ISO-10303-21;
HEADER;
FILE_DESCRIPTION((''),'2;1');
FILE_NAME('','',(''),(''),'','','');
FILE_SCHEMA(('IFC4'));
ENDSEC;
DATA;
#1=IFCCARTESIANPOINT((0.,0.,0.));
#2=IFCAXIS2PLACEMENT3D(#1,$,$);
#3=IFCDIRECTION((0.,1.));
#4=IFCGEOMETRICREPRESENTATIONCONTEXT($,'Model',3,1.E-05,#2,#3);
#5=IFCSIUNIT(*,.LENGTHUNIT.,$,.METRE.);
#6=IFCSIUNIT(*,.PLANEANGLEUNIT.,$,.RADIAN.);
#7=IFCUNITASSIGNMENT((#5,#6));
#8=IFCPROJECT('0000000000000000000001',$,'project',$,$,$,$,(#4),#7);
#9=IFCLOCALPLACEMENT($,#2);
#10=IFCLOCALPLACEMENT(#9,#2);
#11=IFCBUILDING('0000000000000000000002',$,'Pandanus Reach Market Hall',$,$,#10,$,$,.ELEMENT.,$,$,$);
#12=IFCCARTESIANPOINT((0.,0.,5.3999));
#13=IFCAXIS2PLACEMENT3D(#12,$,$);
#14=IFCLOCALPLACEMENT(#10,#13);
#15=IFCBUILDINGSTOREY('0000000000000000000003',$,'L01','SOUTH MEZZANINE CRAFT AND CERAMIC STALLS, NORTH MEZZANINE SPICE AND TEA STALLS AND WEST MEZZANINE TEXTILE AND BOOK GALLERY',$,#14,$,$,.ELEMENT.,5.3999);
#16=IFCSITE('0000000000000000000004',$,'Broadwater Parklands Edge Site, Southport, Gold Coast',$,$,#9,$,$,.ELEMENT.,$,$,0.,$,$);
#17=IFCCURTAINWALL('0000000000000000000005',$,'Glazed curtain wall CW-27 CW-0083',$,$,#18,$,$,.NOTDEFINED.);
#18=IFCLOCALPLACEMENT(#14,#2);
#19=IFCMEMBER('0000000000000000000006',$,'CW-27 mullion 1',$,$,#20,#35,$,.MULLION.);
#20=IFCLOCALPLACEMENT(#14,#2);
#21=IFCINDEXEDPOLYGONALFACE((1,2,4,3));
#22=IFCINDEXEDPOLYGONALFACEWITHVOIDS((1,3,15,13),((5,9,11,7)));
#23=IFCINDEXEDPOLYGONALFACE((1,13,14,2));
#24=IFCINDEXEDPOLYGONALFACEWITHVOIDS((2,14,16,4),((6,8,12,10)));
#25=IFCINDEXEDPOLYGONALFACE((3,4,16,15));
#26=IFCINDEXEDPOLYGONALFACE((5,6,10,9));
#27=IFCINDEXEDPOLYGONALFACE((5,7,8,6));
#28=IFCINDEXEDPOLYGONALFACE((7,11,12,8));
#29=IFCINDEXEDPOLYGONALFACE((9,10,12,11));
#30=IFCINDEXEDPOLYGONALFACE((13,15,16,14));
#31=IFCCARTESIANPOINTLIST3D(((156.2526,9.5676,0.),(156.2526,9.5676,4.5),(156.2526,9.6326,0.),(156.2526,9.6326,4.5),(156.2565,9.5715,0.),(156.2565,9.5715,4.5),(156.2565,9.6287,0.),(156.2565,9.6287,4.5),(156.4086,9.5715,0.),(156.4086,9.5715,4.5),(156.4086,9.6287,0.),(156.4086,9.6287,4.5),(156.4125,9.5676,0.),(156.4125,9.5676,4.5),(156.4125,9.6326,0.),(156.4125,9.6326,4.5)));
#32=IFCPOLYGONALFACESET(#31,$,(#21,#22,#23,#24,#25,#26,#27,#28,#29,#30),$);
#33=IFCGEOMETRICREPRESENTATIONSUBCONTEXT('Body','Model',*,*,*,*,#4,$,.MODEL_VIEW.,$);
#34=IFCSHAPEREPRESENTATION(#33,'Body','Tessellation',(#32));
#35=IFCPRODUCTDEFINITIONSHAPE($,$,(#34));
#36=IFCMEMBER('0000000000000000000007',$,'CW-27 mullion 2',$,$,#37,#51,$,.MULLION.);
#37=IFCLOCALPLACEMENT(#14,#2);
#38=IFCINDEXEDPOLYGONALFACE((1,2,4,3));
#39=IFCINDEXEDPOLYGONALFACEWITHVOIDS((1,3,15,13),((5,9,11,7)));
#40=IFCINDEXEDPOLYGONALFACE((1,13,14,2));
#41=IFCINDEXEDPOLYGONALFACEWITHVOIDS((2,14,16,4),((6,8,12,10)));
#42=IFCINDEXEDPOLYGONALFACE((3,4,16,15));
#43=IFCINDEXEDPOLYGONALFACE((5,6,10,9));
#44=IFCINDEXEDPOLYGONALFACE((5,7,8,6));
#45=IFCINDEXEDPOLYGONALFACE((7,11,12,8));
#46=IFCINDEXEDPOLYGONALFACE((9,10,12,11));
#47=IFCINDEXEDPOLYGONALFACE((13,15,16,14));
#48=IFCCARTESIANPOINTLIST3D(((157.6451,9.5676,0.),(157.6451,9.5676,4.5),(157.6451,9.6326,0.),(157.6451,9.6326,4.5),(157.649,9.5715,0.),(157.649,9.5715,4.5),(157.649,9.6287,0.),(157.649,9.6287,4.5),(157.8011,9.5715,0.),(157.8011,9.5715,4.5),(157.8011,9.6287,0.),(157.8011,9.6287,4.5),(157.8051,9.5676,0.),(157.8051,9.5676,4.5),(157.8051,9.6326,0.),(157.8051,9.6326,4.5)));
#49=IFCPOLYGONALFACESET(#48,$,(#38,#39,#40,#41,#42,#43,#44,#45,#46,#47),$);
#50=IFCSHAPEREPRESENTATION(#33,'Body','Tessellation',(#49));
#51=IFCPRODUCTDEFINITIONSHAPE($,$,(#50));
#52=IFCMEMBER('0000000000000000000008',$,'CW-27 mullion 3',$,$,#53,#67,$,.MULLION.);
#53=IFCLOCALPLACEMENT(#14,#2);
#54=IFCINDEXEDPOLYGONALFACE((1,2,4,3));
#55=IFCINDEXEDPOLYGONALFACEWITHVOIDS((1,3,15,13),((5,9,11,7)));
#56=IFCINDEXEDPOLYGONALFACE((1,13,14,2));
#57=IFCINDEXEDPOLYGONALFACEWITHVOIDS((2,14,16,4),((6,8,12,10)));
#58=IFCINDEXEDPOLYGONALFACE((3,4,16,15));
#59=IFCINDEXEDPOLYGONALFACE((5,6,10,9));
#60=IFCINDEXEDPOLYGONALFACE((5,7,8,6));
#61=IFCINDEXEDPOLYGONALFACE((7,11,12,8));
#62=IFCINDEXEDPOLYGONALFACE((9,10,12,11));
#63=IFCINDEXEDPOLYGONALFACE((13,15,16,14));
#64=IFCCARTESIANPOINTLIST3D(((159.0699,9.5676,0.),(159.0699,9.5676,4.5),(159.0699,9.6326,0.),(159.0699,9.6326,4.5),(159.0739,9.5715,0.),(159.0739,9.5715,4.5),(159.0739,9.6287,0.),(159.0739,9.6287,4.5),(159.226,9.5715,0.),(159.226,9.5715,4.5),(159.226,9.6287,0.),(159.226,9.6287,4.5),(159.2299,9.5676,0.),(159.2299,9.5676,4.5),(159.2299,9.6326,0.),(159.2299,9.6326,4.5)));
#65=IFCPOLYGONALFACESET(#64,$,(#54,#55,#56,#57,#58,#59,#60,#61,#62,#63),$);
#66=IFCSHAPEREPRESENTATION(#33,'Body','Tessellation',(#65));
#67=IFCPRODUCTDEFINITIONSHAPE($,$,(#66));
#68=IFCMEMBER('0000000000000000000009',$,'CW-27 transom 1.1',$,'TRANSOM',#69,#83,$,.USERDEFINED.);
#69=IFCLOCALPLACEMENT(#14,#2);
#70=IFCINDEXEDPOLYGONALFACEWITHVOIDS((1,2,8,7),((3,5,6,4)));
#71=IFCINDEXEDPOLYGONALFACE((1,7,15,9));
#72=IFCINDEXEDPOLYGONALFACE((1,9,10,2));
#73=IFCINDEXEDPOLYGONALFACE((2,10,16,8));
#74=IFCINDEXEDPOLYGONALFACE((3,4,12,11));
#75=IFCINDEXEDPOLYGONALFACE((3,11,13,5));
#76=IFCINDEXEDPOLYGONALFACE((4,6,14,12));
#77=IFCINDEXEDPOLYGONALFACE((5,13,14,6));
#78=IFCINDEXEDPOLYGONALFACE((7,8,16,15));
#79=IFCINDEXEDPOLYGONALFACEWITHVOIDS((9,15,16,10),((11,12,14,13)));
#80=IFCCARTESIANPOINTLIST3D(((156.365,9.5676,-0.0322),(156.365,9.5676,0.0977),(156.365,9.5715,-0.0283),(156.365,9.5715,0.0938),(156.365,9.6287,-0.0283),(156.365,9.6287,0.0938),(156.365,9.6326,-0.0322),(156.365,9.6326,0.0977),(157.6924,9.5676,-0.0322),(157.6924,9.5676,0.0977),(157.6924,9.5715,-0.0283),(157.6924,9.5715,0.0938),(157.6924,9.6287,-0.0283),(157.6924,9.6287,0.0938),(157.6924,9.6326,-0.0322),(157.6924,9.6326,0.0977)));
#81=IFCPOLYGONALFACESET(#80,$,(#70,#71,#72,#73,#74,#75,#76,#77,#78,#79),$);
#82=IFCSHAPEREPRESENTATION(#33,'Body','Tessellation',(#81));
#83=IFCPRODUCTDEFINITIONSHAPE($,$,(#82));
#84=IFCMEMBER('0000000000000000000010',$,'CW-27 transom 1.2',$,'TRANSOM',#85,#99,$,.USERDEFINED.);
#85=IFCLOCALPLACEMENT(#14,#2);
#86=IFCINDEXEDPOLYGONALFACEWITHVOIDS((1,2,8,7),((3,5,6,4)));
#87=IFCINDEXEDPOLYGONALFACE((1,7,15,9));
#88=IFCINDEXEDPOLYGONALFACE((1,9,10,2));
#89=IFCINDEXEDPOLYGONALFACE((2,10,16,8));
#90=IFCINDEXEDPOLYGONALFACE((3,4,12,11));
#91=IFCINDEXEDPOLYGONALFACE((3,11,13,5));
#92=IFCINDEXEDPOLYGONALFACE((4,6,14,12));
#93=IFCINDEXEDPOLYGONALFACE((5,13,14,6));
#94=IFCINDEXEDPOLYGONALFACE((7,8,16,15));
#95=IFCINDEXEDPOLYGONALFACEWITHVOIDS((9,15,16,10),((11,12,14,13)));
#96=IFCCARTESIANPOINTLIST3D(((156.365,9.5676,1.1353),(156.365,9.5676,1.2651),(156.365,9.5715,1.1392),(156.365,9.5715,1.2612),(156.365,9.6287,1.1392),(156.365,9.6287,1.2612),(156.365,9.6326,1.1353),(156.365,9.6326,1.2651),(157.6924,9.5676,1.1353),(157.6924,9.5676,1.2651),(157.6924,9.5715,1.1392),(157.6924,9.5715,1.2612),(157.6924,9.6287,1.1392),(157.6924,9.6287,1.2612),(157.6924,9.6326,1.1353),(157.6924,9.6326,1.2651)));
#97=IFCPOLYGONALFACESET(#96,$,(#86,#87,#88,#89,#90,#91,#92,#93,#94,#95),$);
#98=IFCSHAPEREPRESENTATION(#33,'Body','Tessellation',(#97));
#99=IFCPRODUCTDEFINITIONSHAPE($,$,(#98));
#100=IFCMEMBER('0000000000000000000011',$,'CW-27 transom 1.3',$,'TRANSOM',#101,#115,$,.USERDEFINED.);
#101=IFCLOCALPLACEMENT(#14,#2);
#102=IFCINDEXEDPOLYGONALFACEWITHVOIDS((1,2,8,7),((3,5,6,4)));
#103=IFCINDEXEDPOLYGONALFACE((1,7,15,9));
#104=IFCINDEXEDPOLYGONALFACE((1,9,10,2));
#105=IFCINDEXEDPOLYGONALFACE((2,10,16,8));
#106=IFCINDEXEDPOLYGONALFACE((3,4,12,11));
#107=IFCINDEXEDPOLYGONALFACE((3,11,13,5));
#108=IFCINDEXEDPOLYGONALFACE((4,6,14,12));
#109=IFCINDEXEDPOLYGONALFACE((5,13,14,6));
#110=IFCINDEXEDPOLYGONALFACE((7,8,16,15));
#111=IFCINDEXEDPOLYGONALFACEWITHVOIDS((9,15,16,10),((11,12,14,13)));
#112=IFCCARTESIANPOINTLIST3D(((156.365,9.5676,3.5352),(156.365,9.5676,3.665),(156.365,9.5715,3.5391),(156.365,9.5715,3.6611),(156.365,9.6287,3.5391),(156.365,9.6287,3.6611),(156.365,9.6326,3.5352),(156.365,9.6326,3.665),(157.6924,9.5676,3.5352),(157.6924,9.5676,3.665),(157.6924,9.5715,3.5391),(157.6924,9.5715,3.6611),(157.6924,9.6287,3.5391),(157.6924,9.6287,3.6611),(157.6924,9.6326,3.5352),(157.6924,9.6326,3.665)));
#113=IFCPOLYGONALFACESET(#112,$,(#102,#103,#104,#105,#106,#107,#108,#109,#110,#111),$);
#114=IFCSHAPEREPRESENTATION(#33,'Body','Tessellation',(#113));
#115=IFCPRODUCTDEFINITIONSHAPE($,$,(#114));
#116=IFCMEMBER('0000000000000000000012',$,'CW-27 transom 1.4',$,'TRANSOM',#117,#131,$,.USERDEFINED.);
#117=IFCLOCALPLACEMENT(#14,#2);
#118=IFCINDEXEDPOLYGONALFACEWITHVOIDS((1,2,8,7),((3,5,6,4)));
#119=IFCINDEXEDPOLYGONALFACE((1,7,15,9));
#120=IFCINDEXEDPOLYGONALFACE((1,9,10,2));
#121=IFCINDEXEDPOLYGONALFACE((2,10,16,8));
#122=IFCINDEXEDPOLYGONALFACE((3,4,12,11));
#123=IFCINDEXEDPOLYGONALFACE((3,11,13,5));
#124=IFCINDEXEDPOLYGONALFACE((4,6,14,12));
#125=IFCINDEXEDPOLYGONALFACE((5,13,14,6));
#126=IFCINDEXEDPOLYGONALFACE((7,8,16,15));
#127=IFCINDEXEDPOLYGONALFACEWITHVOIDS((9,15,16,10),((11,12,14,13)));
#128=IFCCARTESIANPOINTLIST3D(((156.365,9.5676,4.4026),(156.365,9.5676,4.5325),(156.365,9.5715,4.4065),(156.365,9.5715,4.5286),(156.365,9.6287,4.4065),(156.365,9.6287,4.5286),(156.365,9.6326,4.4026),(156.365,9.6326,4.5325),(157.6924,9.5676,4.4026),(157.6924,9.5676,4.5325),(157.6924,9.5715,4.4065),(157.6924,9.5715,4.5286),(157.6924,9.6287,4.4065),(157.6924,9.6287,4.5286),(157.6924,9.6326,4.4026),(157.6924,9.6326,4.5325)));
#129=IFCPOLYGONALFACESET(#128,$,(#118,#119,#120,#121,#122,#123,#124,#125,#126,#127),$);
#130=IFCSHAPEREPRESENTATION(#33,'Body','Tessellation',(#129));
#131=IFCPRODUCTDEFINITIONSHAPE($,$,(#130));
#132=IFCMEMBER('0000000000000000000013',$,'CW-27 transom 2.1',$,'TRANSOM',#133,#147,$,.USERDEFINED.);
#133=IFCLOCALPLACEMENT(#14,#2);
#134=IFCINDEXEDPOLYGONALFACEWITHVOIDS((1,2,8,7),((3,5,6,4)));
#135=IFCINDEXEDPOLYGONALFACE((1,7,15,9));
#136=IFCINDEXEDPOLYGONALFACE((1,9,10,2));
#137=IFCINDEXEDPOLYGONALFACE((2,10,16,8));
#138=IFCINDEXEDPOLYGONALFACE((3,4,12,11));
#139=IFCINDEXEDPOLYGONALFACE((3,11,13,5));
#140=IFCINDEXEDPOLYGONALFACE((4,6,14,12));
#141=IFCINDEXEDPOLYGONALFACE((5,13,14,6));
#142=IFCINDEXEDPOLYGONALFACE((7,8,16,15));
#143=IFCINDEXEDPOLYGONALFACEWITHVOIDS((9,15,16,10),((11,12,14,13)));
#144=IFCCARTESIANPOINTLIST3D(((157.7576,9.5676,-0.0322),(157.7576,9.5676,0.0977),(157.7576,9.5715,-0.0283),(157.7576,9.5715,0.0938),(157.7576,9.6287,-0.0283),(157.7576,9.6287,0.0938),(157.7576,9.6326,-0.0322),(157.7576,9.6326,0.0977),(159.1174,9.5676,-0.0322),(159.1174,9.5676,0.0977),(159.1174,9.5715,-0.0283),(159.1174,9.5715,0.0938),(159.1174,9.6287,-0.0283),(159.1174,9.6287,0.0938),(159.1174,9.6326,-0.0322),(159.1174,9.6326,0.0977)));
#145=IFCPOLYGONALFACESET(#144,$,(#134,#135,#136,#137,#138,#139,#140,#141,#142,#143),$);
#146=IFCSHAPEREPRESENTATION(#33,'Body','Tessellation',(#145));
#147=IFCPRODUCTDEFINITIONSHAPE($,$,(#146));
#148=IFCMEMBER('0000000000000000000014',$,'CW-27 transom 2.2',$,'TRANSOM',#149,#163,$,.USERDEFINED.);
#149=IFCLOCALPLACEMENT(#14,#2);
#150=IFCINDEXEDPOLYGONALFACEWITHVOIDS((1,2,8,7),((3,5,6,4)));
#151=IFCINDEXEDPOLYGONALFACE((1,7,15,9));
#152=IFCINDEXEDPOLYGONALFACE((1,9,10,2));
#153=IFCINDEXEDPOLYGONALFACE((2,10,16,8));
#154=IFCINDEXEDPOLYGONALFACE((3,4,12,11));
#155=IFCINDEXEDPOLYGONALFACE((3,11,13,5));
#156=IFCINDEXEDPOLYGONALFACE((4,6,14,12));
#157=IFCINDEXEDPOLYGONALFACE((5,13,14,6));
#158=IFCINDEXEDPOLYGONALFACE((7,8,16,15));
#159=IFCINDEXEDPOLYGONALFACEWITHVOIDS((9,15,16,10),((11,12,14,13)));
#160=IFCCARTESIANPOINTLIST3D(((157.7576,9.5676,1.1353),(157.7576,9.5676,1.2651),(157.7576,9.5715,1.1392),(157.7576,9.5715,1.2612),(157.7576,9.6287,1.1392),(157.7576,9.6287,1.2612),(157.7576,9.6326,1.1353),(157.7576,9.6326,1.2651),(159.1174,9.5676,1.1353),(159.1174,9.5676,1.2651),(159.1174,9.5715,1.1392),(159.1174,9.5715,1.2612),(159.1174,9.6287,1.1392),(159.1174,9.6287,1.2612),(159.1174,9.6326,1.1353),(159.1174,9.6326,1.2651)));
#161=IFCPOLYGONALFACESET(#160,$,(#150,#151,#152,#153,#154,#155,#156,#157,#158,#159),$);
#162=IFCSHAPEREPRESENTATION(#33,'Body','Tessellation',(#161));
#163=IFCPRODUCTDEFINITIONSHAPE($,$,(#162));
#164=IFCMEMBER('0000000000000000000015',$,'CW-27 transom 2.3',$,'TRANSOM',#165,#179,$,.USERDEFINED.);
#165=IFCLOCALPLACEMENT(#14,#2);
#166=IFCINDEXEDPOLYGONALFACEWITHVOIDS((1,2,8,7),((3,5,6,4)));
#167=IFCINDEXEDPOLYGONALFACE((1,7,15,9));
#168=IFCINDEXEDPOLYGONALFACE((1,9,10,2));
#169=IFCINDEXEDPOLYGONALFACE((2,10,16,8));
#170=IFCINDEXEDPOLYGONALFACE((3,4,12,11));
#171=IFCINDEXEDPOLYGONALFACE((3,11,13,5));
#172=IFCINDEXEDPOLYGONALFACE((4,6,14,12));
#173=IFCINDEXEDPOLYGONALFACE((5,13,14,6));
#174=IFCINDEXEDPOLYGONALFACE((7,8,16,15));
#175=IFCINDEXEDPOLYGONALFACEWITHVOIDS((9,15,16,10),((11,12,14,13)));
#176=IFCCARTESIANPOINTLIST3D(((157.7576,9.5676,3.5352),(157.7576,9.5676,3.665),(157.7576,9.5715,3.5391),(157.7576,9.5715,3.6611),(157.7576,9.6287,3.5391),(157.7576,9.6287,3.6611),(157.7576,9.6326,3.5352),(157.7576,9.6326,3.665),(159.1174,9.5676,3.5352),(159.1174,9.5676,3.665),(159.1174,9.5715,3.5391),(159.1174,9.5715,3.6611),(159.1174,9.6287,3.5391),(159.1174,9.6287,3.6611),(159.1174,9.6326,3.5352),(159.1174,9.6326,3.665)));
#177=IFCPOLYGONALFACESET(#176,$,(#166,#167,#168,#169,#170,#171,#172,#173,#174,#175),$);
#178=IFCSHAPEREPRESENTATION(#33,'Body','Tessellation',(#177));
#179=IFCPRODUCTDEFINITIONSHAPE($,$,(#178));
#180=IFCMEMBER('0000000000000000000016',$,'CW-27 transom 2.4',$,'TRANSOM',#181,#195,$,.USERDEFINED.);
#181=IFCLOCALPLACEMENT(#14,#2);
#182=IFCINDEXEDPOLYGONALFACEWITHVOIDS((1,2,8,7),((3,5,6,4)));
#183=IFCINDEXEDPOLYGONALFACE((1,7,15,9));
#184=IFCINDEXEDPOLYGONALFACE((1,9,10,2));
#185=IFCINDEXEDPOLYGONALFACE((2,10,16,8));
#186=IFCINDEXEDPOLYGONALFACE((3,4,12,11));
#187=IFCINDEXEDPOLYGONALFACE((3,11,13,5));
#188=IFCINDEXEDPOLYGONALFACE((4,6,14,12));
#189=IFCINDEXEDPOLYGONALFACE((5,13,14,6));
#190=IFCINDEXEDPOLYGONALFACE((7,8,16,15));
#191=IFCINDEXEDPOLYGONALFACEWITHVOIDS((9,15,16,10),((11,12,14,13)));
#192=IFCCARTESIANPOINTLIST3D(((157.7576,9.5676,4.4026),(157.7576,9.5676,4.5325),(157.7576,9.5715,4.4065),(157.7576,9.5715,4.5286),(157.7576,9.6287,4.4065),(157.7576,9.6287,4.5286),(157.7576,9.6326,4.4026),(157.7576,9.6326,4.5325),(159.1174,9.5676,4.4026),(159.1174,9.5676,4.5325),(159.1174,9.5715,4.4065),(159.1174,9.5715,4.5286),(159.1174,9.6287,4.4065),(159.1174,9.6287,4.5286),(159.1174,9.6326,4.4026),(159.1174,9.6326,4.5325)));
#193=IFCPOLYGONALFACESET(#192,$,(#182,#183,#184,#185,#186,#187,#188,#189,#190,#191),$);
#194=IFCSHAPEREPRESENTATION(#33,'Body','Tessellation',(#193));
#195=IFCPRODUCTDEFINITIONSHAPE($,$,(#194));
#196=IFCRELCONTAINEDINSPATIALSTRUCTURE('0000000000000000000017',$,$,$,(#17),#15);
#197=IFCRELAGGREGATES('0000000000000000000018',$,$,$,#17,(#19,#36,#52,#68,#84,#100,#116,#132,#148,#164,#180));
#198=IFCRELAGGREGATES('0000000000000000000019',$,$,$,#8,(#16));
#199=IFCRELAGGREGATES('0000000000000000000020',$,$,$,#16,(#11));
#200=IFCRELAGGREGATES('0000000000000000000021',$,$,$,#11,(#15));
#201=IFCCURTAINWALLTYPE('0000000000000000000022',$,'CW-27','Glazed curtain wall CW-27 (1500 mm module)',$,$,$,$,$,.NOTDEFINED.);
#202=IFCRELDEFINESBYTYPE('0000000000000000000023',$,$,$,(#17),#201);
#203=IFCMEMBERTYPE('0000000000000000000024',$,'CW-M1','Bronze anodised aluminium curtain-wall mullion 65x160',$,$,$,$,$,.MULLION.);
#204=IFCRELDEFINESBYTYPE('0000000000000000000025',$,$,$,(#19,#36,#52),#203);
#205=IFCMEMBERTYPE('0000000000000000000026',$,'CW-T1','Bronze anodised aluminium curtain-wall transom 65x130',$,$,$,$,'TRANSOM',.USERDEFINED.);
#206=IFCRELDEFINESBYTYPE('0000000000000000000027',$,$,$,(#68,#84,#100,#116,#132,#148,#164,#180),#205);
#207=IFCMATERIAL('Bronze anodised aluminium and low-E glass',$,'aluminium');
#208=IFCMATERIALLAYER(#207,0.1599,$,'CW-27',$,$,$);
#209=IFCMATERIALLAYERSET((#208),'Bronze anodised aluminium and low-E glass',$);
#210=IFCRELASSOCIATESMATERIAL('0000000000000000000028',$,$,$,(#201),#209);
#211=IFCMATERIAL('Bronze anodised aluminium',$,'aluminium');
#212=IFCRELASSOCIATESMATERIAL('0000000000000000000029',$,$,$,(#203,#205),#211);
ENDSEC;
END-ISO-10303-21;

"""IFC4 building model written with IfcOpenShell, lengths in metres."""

from ifc_helpers import new_model, si_unit, direction, frame, origin, origin_2d, place, context, subcontext, project, spatial, hollow_rectangle, extrude, material, layer, layer_set, material_profile, profile_set, type_object, element, aggregate, save


model = new_model("IFC4")

# Units and contexts
model_context = context("Model", 3, precision=1e-05, world=origin(), true_north=direction((0.0, 1.0)))
body_context = subcontext(model_context, "Body", "Model", "MODEL_VIEW")
ifc_project = project(units=[si_unit("LENGTHUNIT", "METRE"), si_unit("PLANEANGLEUNIT", "RADIAN")], contexts=[model_context])

# Site, building, storey
site_placement = place(None, origin())
site = spatial("IfcSite", under=ifc_project, at=site_placement, Name="Broadwater Parklands Edge Site, Southport, Gold Coast", CompositionType="ELEMENT", RefElevation=0.0)
building_placement = place(site_placement, origin())
building = spatial("IfcBuilding", under=site, at=building_placement, Name="Pandanus Reach Market Hall", CompositionType="ELEMENT")
storey_placement = place(building_placement, frame((0.0, 0.0, 5.3999)))
storey = spatial("IfcBuildingStorey", under=building, at=storey_placement, Name="L01", Description="SOUTH MEZZANINE CRAFT AND CERAMIC STALLS, NORTH MEZZANINE SPICE AND TEA STALLS AND WEST MEZZANINE TEXTILE AND BOOK GALLERY", CompositionType="ELEMENT", Elevation=5.3999)

# Curtain wall, members
ifc_material_1 = material(Name="Bronze anodised aluminium and low-E glass", Category="aluminium")
ifc_layer_1 = layer(ifc_material_1, 0.1599, Name="CW-27")
ifc_layer_set_1 = layer_set([ifc_layer_1], Name="Bronze anodised aluminium and low-E glass")
curtain_wall_type = type_object("IfcCurtainWallType", Name="CW-27", Description="Glazed curtain wall CW-27 (1500 mm module)", PredefinedType="NOTDEFINED", material=ifc_layer_set_1)
curtain_wall_placement = place(storey_placement, origin())
curtain_wall = element("IfcCurtainWall", 1, at=curtain_wall_placement, inside=storey, type_object=curtain_wall_type, Name="Glazed curtain wall CW-27 CW-0083", PredefinedType="NOTDEFINED")
ifc_material_2 = material(Name="Bronze anodised aluminium", Category="aluminium")
ifc_material_profile_1 = material_profile(ifc_material_2, hollow_rectangle(XDim=0.0649, YDim=0.1599, WallThickness=0.0039, at=origin_2d()), Name="ALU65x160", Category="LoadBearing")
ifc_profile_set_1 = profile_set([ifc_material_profile_1], Name="Bronze anodised aluminium")
member_type_1 = type_object("IfcMemberType", Name="CW-M1", Description="Bronze anodised aluminium curtain-wall mullion 65x160", PredefinedType="MULLION", material=ifc_profile_set_1)
member_1_placement = place(storey_placement, frame((156.3325, 9.6001, 0.0), z_axis=(0.0, 0.0, 1.0), x_axis=(0.0, 1.0, 0.0)))
member_1 = element("IfcMember", 2, at=member_1_placement, type_object=member_type_1, Name="CW-27 mullion 1", PredefinedType="MULLION", context=body_context, shape_type="SweptSolid", body=[
    extrude(hollow_rectangle(XDim=0.0649, YDim=0.1599, WallThickness=0.0039, at=origin_2d()), origin(), (0.0, 0.0, 1.0), 4.5),
])
member_2_placement = place(storey_placement, frame((157.7251, 9.6001, 0.0), z_axis=(0.0, 0.0, 1.0), x_axis=(0.0, 1.0, 0.0)))
member_2 = element("IfcMember", 3, at=member_2_placement, type_object=member_type_1, Name="CW-27 mullion 2", PredefinedType="MULLION", context=body_context, shape_type="SweptSolid", body=[
    extrude(hollow_rectangle(XDim=0.0649, YDim=0.1599, WallThickness=0.0039, at=origin_2d()), origin(), (0.0, 0.0, 1.0), 4.5),
])
member_3_placement = place(storey_placement, frame((159.1499, 9.6001, 0.0), z_axis=(0.0, 0.0, 1.0), x_axis=(0.0, 1.0, 0.0)))
member_3 = element("IfcMember", 4, at=member_3_placement, type_object=member_type_1, Name="CW-27 mullion 3", PredefinedType="MULLION", context=body_context, shape_type="SweptSolid", body=[
    extrude(hollow_rectangle(XDim=0.0649, YDim=0.1599, WallThickness=0.0039, at=origin_2d()), origin(), (0.0, 0.0, 1.0), 4.5),
])
ifc_material_profile_2 = material_profile(ifc_material_2, hollow_rectangle(XDim=0.0649, YDim=0.1299, WallThickness=0.0039, at=origin_2d()), Name="ALU65x130", Category="LoadBearing")
ifc_profile_set_2 = profile_set([ifc_material_profile_2], Name="Bronze anodised aluminium")
member_type_2 = type_object("IfcMemberType", Name="CW-T1", Description="Bronze anodised aluminium curtain-wall transom 65x130", ElementType="TRANSOM", PredefinedType="USERDEFINED", material=ifc_profile_set_2)
member_4_placement = place(storey_placement, frame((156.365, 9.6001, 0.0327), z_axis=(1.0, 0.0, 0.0), x_axis=(0.0, 1.0, 0.0)))
member_4 = element("IfcMember", 5, at=member_4_placement, type_object=member_type_2, Name="CW-27 transom 1.1", ObjectType="TRANSOM", PredefinedType="USERDEFINED", context=body_context, shape_type="SweptSolid", body=[
    extrude(hollow_rectangle(XDim=0.0649, YDim=0.1299, WallThickness=0.0039, at=origin_2d()), origin(), (0.0, 0.0, 1.0), 1.3274),
])
member_5_placement = place(storey_placement, frame((156.365, 9.6001, 1.2002), z_axis=(1.0, 0.0, 0.0), x_axis=(0.0, 1.0, 0.0)))
member_5 = element("IfcMember", 6, at=member_5_placement, type_object=member_type_2, Name="CW-27 transom 1.2", ObjectType="TRANSOM", PredefinedType="USERDEFINED", context=body_context, shape_type="SweptSolid", body=[
    extrude(hollow_rectangle(XDim=0.0649, YDim=0.1299, WallThickness=0.0039, at=origin_2d()), origin(), (0.0, 0.0, 1.0), 1.3274),
])
member_6_placement = place(storey_placement, frame((156.365, 9.6001, 3.6001), z_axis=(1.0, 0.0, 0.0), x_axis=(0.0, 1.0, 0.0)))
member_6 = element("IfcMember", 7, at=member_6_placement, type_object=member_type_2, Name="CW-27 transom 1.3", ObjectType="TRANSOM", PredefinedType="USERDEFINED", context=body_context, shape_type="SweptSolid", body=[
    extrude(hollow_rectangle(XDim=0.0649, YDim=0.1299, WallThickness=0.0039, at=origin_2d()), origin(), (0.0, 0.0, 1.0), 1.3274),
])
member_7_placement = place(storey_placement, frame((156.365, 9.6001, 4.4675), z_axis=(1.0, 0.0, 0.0), x_axis=(0.0, 1.0, 0.0)))
member_7 = element("IfcMember", 8, at=member_7_placement, type_object=member_type_2, Name="CW-27 transom 1.4", ObjectType="TRANSOM", PredefinedType="USERDEFINED", context=body_context, shape_type="SweptSolid", body=[
    extrude(hollow_rectangle(XDim=0.0649, YDim=0.1299, WallThickness=0.0039, at=origin_2d()), origin(), (0.0, 0.0, 1.0), 1.3274),
])
member_8_placement = place(storey_placement, frame((157.7576, 9.6001, 0.0327), z_axis=(1.0, 0.0, 0.0), x_axis=(0.0, 1.0, 0.0)))
member_8 = element("IfcMember", 9, at=member_8_placement, type_object=member_type_2, Name="CW-27 transom 2.1", ObjectType="TRANSOM", PredefinedType="USERDEFINED", context=body_context, shape_type="SweptSolid", body=[
    extrude(hollow_rectangle(XDim=0.0649, YDim=0.1299, WallThickness=0.0039, at=origin_2d()), origin(), (0.0, 0.0, 1.0), 1.3599),
])
member_9_placement = place(storey_placement, frame((157.7576, 9.6001, 1.2002), z_axis=(1.0, 0.0, 0.0), x_axis=(0.0, 1.0, 0.0)))
member_9 = element("IfcMember", 10, at=member_9_placement, type_object=member_type_2, Name="CW-27 transom 2.2", ObjectType="TRANSOM", PredefinedType="USERDEFINED", context=body_context, shape_type="SweptSolid", body=[
    extrude(hollow_rectangle(XDim=0.0649, YDim=0.1299, WallThickness=0.0039, at=origin_2d()), origin(), (0.0, 0.0, 1.0), 1.3599),
])
member_10_placement = place(storey_placement, frame((157.7576, 9.6001, 3.6001), z_axis=(1.0, 0.0, 0.0), x_axis=(0.0, 1.0, 0.0)))
member_10 = element("IfcMember", 11, at=member_10_placement, type_object=member_type_2, Name="CW-27 transom 2.3", ObjectType="TRANSOM", PredefinedType="USERDEFINED", context=body_context, shape_type="SweptSolid", body=[
    extrude(hollow_rectangle(XDim=0.0649, YDim=0.1299, WallThickness=0.0039, at=origin_2d()), origin(), (0.0, 0.0, 1.0), 1.3599),
])
member_11_placement = place(storey_placement, frame((157.7576, 9.6001, 4.4675), z_axis=(1.0, 0.0, 0.0), x_axis=(0.0, 1.0, 0.0)))
member_11 = element("IfcMember", 12, at=member_11_placement, type_object=member_type_2, Name="CW-27 transom 2.4", ObjectType="TRANSOM", PredefinedType="USERDEFINED", context=body_context, shape_type="SweptSolid", body=[
    extrude(hollow_rectangle(XDim=0.0649, YDim=0.1299, WallThickness=0.0039, at=origin_2d()), origin(), (0.0, 0.0, 1.0), 1.3599),
])
aggregate(curtain_wall, [member_1, member_2, member_3, member_4, member_5, member_6, member_7, member_8, member_9, member_10, member_11])

save(model, "model.ifc")
